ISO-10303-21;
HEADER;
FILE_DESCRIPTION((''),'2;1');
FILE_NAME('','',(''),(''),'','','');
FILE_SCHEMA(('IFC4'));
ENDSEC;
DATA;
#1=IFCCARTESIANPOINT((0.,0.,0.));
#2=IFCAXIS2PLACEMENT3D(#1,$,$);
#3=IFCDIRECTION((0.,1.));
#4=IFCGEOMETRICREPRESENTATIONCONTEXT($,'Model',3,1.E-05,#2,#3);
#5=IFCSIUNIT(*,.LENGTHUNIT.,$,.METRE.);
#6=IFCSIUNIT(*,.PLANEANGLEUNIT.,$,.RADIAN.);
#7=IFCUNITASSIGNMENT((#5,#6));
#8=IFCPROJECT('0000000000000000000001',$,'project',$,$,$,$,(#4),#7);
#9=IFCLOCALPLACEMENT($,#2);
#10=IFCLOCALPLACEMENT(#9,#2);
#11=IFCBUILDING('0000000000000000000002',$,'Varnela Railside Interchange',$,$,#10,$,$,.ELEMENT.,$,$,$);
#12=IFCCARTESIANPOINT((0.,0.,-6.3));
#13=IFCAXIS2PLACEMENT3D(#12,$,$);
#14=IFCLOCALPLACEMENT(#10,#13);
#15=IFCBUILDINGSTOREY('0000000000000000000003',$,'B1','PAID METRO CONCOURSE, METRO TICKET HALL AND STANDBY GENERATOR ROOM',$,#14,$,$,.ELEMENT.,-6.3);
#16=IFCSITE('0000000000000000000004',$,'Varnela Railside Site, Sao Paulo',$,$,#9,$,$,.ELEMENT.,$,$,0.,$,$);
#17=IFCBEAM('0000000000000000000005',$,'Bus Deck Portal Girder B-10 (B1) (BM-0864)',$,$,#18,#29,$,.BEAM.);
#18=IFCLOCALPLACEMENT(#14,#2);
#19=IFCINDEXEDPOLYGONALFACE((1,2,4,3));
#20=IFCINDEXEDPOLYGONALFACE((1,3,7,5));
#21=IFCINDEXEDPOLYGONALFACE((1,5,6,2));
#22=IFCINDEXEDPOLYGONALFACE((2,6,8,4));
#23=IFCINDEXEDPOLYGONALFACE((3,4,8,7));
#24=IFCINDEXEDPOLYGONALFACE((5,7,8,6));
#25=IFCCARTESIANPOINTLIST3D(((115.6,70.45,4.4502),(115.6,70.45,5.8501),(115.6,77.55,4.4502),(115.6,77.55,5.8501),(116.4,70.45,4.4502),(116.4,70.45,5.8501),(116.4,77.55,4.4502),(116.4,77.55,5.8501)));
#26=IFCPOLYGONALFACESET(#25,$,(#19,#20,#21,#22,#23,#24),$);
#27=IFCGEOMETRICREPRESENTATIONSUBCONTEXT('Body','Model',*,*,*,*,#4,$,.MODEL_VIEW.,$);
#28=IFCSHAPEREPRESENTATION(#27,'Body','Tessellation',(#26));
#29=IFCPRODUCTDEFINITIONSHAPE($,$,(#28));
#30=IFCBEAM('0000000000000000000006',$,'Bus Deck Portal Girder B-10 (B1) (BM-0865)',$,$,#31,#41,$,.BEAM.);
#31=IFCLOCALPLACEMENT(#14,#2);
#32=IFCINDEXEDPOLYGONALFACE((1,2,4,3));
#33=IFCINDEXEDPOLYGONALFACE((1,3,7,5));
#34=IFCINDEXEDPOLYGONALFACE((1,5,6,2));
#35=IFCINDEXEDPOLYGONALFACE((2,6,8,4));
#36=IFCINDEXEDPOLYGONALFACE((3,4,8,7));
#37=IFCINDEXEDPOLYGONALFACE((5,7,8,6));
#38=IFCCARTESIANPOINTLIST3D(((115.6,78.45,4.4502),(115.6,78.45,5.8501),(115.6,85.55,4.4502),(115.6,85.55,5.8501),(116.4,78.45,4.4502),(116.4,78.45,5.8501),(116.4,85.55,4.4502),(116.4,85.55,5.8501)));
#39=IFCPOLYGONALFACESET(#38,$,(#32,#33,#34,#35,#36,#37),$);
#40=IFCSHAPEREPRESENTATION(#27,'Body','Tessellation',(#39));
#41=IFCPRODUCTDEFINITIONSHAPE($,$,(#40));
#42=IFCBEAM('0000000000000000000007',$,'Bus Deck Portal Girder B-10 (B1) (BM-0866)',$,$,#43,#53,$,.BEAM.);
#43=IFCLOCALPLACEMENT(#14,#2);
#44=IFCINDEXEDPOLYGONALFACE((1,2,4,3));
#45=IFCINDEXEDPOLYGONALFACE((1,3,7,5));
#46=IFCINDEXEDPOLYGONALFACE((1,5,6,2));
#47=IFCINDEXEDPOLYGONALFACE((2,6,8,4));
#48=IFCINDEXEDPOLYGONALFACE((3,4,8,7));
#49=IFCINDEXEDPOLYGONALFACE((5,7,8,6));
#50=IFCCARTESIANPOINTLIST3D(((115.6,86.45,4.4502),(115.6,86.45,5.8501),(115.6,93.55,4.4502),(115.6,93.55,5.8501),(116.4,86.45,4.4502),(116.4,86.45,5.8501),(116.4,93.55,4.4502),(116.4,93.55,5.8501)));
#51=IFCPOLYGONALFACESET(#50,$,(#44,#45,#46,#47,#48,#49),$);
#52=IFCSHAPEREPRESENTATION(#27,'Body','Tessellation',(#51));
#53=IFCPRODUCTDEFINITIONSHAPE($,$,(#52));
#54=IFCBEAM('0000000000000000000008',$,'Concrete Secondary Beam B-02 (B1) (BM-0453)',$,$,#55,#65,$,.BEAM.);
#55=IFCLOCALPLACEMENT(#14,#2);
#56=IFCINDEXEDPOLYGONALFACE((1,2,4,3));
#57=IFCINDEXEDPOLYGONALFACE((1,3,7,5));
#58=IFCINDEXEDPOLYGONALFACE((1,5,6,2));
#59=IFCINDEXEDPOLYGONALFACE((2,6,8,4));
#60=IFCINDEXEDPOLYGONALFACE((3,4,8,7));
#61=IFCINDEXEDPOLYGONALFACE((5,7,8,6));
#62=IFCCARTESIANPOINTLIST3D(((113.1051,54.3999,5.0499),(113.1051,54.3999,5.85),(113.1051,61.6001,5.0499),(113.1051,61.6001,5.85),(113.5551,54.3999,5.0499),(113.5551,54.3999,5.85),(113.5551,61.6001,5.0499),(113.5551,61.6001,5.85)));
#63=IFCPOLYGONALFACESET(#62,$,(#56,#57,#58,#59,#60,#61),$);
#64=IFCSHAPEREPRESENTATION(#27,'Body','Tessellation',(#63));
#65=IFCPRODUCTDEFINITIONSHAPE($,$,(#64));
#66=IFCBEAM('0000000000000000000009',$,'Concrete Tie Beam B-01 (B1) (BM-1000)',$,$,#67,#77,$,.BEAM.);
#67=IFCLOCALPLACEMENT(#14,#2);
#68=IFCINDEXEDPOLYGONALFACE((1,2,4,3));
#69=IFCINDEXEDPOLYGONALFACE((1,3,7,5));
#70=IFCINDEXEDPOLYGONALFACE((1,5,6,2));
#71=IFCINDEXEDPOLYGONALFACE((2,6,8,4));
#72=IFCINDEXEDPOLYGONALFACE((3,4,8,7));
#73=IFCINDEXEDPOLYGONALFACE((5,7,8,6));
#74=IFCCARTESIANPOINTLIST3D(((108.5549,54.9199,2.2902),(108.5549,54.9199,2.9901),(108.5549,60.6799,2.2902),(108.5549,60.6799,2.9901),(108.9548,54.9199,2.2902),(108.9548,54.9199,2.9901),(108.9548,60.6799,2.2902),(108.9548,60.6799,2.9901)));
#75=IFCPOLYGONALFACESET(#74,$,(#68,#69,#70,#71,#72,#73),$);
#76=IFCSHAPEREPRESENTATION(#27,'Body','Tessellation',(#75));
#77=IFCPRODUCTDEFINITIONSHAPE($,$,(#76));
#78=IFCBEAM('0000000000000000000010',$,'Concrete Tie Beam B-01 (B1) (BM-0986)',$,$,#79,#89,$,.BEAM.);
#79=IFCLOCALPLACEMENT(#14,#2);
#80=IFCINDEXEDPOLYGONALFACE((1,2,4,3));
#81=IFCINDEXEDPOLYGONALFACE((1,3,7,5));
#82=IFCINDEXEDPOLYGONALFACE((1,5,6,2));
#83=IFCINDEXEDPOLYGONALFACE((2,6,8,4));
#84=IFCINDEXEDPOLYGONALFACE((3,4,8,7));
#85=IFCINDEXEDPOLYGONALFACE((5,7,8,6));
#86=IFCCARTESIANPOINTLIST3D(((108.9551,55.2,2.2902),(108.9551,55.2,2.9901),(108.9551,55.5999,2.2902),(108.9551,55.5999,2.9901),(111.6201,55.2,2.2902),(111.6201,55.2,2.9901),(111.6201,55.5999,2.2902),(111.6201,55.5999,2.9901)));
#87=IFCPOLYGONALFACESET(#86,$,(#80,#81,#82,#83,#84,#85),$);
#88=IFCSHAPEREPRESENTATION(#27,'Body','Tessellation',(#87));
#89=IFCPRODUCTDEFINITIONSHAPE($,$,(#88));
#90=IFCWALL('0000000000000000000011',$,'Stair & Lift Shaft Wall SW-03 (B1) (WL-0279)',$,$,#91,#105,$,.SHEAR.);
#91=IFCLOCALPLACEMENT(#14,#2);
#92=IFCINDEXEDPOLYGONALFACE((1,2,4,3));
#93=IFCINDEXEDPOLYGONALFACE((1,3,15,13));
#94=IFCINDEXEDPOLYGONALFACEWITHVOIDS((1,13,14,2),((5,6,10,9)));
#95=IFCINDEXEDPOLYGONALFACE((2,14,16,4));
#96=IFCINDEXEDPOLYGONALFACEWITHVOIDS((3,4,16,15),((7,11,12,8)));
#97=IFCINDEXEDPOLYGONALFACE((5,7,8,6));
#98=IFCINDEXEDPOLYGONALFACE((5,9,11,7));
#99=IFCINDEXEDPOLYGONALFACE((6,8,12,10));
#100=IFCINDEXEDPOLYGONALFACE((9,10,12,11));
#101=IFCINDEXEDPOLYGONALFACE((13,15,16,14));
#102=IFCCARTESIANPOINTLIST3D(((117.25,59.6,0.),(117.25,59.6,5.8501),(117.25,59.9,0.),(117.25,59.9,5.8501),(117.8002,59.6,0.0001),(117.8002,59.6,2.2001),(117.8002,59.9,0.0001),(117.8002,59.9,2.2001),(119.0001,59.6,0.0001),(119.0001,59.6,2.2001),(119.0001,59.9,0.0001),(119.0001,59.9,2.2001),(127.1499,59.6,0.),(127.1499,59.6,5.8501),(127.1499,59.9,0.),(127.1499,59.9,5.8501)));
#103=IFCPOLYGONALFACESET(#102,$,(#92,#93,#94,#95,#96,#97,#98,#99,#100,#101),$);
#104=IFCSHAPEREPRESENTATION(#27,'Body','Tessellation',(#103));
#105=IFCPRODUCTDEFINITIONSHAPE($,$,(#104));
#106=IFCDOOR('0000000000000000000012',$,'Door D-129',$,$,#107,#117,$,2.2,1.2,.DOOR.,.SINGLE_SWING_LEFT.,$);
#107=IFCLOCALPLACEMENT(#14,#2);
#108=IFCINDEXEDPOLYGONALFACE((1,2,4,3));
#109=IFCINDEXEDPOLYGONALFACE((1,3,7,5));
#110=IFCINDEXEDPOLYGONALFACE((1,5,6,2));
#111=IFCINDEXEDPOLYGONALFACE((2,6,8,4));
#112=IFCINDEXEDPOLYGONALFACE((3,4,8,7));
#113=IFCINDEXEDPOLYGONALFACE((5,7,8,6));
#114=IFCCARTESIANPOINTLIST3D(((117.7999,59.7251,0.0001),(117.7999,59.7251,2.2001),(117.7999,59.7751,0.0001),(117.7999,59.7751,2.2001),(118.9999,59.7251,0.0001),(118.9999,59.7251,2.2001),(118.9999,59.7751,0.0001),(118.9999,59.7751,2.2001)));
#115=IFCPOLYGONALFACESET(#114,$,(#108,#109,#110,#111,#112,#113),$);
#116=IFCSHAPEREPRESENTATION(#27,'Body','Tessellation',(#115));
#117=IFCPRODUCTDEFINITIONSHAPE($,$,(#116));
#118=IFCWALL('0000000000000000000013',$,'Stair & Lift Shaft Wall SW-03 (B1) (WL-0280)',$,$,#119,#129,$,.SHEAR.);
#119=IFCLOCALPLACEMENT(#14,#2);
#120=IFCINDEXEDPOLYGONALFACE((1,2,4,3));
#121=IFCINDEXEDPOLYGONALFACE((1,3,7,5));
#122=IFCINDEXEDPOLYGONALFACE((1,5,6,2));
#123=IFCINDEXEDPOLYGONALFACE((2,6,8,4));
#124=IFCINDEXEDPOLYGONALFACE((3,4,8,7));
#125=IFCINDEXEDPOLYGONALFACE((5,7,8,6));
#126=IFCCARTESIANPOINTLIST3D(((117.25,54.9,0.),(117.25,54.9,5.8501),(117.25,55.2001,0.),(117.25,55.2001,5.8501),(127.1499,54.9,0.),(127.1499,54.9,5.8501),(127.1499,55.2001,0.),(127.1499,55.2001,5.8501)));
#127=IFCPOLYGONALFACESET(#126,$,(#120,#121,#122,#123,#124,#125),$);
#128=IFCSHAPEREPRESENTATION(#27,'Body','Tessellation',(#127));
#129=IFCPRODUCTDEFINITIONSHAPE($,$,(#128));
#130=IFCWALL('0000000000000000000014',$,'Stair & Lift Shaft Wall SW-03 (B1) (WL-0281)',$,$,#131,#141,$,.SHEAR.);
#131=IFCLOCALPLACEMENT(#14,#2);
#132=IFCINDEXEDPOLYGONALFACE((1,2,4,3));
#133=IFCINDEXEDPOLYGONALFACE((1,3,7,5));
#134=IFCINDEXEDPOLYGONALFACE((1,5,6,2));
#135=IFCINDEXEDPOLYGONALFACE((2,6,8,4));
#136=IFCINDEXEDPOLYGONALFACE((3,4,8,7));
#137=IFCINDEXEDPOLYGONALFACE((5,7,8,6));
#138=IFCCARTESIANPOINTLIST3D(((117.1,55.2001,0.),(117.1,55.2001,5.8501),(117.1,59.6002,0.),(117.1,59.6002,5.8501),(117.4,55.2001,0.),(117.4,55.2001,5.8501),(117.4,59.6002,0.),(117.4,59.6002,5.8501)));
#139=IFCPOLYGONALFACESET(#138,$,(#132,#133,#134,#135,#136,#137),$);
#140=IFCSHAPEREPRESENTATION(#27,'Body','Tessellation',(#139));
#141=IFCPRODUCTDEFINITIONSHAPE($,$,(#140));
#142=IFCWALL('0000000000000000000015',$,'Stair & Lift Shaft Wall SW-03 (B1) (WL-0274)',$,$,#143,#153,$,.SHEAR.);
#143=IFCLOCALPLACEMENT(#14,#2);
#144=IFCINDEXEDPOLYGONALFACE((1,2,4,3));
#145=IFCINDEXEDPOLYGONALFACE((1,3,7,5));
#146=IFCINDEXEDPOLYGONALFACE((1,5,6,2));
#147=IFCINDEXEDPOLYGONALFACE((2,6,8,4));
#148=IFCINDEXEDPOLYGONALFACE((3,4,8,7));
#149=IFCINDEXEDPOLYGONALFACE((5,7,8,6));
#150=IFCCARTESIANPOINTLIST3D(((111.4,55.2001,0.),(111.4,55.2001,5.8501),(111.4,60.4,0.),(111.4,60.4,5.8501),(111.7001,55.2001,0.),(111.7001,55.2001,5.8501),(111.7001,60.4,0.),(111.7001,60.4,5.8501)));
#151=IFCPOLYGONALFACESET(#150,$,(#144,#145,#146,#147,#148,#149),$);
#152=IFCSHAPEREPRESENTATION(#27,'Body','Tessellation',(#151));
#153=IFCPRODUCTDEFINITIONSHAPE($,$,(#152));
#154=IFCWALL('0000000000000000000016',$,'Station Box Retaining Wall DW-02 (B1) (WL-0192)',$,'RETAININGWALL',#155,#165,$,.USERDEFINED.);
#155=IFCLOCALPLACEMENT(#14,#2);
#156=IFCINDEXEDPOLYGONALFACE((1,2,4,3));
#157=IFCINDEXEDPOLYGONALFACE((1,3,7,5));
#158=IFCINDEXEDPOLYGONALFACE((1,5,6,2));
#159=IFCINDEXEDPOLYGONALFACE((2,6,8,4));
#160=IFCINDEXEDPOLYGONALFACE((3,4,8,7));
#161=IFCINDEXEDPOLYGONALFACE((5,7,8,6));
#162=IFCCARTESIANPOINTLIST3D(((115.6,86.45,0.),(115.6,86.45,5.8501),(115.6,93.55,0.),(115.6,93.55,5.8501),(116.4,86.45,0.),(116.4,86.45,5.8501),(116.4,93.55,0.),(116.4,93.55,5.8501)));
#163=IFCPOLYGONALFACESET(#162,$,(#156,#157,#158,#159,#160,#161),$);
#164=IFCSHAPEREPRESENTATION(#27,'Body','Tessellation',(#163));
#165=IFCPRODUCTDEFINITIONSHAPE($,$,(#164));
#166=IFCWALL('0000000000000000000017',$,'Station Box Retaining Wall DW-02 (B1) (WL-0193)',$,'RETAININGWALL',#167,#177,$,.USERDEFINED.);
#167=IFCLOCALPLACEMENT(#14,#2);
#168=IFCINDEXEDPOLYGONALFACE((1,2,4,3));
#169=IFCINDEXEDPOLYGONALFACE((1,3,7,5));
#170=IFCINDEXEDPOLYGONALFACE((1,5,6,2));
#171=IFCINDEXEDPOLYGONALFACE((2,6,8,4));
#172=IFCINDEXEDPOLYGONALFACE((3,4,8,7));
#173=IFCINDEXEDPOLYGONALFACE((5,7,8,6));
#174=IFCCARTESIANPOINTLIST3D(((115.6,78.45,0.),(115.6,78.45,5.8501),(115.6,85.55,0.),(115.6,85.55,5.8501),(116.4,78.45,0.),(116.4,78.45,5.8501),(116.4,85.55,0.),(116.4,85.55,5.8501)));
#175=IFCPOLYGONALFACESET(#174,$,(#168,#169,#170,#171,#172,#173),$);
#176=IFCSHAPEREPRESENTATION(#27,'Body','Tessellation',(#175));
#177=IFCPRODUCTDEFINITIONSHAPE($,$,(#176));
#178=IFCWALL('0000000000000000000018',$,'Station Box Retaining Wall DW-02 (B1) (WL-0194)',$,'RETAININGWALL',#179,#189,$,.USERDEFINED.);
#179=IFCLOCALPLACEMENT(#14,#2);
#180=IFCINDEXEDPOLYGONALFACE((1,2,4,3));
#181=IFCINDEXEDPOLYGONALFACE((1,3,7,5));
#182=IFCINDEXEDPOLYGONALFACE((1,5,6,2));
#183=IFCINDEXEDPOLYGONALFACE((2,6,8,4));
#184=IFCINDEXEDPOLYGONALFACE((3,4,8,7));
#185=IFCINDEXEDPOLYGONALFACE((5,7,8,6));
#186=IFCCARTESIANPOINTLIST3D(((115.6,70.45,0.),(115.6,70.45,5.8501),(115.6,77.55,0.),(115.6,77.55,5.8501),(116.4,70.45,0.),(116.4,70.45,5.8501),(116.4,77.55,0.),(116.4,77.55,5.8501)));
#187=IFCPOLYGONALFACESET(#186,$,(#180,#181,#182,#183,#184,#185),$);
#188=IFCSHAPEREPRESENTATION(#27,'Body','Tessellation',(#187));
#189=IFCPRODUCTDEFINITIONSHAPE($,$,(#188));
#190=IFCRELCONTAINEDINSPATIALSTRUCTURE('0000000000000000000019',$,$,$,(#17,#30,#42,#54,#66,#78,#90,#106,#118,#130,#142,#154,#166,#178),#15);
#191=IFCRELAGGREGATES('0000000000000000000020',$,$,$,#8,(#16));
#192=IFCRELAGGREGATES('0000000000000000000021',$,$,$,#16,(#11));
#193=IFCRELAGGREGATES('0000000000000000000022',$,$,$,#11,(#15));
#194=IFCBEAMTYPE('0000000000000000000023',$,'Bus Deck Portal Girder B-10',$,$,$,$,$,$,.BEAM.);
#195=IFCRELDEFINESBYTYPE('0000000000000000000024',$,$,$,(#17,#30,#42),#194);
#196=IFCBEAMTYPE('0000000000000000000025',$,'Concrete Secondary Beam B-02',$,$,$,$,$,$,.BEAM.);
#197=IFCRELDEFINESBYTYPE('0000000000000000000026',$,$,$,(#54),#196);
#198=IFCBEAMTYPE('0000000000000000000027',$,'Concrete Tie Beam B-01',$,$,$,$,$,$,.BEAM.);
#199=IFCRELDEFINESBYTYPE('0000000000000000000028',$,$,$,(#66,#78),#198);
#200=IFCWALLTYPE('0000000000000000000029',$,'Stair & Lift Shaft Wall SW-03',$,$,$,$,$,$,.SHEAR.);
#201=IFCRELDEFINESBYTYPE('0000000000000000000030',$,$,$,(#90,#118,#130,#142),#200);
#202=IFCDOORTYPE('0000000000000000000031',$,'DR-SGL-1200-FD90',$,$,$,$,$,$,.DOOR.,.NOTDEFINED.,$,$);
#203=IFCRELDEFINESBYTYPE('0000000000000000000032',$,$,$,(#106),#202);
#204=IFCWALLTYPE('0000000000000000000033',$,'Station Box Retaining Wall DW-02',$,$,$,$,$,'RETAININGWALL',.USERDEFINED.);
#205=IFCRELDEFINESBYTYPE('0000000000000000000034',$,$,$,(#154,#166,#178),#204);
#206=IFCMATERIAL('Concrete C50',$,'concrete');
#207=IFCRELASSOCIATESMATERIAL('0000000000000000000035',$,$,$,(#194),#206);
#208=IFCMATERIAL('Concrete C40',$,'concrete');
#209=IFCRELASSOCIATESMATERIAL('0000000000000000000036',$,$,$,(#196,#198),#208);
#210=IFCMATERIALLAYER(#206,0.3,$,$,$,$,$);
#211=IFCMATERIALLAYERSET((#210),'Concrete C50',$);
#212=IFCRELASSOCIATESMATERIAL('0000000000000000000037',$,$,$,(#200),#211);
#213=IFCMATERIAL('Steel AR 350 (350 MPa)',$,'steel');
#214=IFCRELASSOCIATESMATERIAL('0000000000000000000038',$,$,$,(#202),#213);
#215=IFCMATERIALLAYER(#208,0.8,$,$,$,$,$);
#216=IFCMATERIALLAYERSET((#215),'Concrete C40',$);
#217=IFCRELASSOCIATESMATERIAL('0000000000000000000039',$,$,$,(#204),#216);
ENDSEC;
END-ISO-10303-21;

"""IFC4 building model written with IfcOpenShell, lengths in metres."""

from ifc_helpers import new_model, si_unit, direction, frame, frame_2d, origin, origin_2d, place, context, subcontext, project, spatial, rectangle, extrude, material, layer, layer_set, material_profile, profile_set, type_object, element, fill, save


model = new_model("IFC4")

# Units and contexts
model_context = context("Model", 3, precision=1e-05, world=origin(), true_north=direction((0.0, 1.0)))
body_context = subcontext(model_context, "Body", "Model", "MODEL_VIEW")
ifc_project = project(units=[si_unit("LENGTHUNIT", "METRE"), si_unit("PLANEANGLEUNIT", "RADIAN")], contexts=[model_context])

# Site, building, storey
site_placement = place(None, origin())
site = spatial("IfcSite", under=ifc_project, at=site_placement, Name="Varnela Railside Site, Sao Paulo", CompositionType="ELEMENT", RefElevation=0.0)
building_placement = place(site_placement, origin())
building = spatial("IfcBuilding", under=site, at=building_placement, Name="Varnela Railside Interchange", CompositionType="ELEMENT")
storey_placement = place(building_placement, frame((0.0, 0.0, -6.3)))
storey = spatial("IfcBuildingStorey", under=building, at=storey_placement, Name="B1", Description="PAID METRO CONCOURSE, METRO TICKET HALL AND STANDBY GENERATOR ROOM", CompositionType="ELEMENT", Elevation=-6.3)

# Shared definitions
ifc_material_1 = material(Name="Concrete C50", Category="concrete")

# Beams
ifc_material_profile_1 = material_profile(ifc_material_1, rectangle(XDim=0.8, YDim=1.3999, at=origin_2d()), Name="RC 800x1400")
ifc_profile_set_1 = profile_set([ifc_material_profile_1], Name="Concrete C50")
beam_type_1 = type_object("IfcBeamType", Name="Bus Deck Portal Girder B-10", PredefinedType="BEAM", material=ifc_profile_set_1)
for number, where, z_axis, x_axis, name in (
    (1, (116.0, 70.45, 5.1501), (0.0, 1.0, 0.0), (-1.0, 0.0, 0.0), "Bus Deck Portal Girder B-10 (B1) (BM-0864)"),
    (2, (116.0, 78.45, 5.1501), (0.0, 1.0, 0.0), (-1.0, 0.0, 0.0), "Bus Deck Portal Girder B-10 (B1) (BM-0865)"),
    (3, (116.0, 86.45, 5.1501), (0.0, 1.0, 0.0), (-1.0, 0.0, 0.0), "Bus Deck Portal Girder B-10 (B1) (BM-0866)"),
):
    element("IfcBeam", number, at=place(storey_placement, frame(where, z_axis=z_axis, x_axis=x_axis)), inside=storey, type_object=beam_type_1, Name=name, PredefinedType="BEAM", context=body_context, shape_type="SweptSolid", body=[
        extrude(rectangle(XDim=0.8, YDim=1.3999, at=origin_2d()), origin(), (0.0, 0.0, 1.0), 7.1001),
    ])
ifc_material_2 = material(Name="Concrete C40", Category="concrete")
ifc_material_profile_2 = material_profile(ifc_material_2, rectangle(XDim=0.45, YDim=0.8, at=origin_2d()), Name="RC 450x800")
ifc_profile_set_2 = profile_set([ifc_material_profile_2], Name="Concrete C40")
beam_type_2 = type_object("IfcBeamType", Name="Concrete Secondary Beam B-02", PredefinedType="BEAM", material=ifc_profile_set_2)
beam_1_placement = place(storey_placement, frame((113.3301, 54.3999, 5.45), z_axis=(0.0, 1.0, 0.0), x_axis=(-1.0, 0.0, 0.0)))
element("IfcBeam", 4, at=beam_1_placement, inside=storey, type_object=beam_type_2, Name="Concrete Secondary Beam B-02 (B1) (BM-0453)", PredefinedType="BEAM", context=body_context, shape_type="SweptSolid", body=[
    extrude(rectangle(XDim=0.45, YDim=0.8, at=origin_2d()), origin(), (0.0, 0.0, 1.0), 7.2002),
])
ifc_material_profile_3 = material_profile(ifc_material_2, rectangle(XDim=0.3999, YDim=0.7, at=origin_2d()), Name="RC 400x700")
ifc_profile_set_3 = profile_set([ifc_material_profile_3], Name="Concrete C40")
beam_type_3 = type_object("IfcBeamType", Name="Concrete Tie Beam B-01", PredefinedType="BEAM", material=ifc_profile_set_3)
beam_2_placement = place(storey_placement, frame((108.7549, 54.9199, 2.6401), z_axis=(0.0, 1.0, 0.0), x_axis=(-1.0, 0.0, 0.0)))
element("IfcBeam", 5, at=beam_2_placement, inside=storey, type_object=beam_type_3, Name="Concrete Tie Beam B-01 (B1) (BM-1000)", PredefinedType="BEAM", context=body_context, shape_type="SweptSolid", body=[
    extrude(rectangle(XDim=0.3999, YDim=0.7, at=origin_2d()), origin(), (0.0, 0.0, 1.0), 5.76),
])
beam_3_placement = place(storey_placement, frame((108.9551, 55.3999, 2.6401), z_axis=(1.0, 0.0, 0.0), x_axis=(0.0, 1.0, 0.0)))
element("IfcBeam", 6, at=beam_3_placement, inside=storey, type_object=beam_type_3, Name="Concrete Tie Beam B-01 (B1) (BM-0986)", PredefinedType="BEAM", context=body_context, shape_type="SweptSolid", body=[
    extrude(rectangle(XDim=0.3999, YDim=0.7, at=origin_2d()), origin(), (0.0, 0.0, 1.0), 2.665),
])

# Wall, opening, door
ifc_layer_1 = layer(ifc_material_1, 0.3)
ifc_layer_set_1 = layer_set([ifc_layer_1], Name="Concrete C50")
wall_type_1 = type_object("IfcWallType", Name="Stair & Lift Shaft Wall SW-03", PredefinedType="SHEAR", material=ifc_layer_set_1)
wall_1_placement = place(storey_placement, frame((117.25, 59.75, 0.0), z_axis=(0.0, 0.0, 1.0), x_axis=(1.0, 0.0, 0.0)))
wall_1 = element("IfcWall", 7, at=wall_1_placement, inside=storey, type_object=wall_type_1, Name="Stair & Lift Shaft Wall SW-03 (B1) (WL-0279)", PredefinedType="SHEAR", context=body_context, shape_type="SweptSolid", body=[
    extrude(rectangle(XDim=9.8999, YDim=0.3, at=frame_2d((4.95, 0.0))), origin(), (0.0, 0.0, 1.0), 5.8501),
])
opening_1_placement = place(wall_1_placement, frame((0.55, 0.0, 0.0)))
opening_1 = element("IfcOpeningElement", 8, at=opening_1_placement, cuts=wall_1, PredefinedType="OPENING", context=body_context, shape_type="SweptSolid", body=[
    extrude(rectangle(XDim=1.2, YDim=2.2, at=frame_2d((0.6001, 1.1001))), frame((0.0, 0.1599, 0.0), z_axis=(0.0, -1.0, 0.0), x_axis=(1.0, 0.0, 0.0)), (0.0, 0.0, 1.0), 0.3201),
])
ifc_material_3 = material(Name="Steel AR 350 (350 MPa)", Category="steel")
door_type_1 = type_object("IfcDoorType", Name="DR-SGL-1200-FD90", OperationType="NOTDEFINED", PredefinedType="DOOR", material=ifc_material_3)
door_1_placement = place(opening_1_placement, frame((1.2, 0.0, 0.0), z_axis=(0.0, 0.0, 1.0), x_axis=(-1.0, 0.0, 0.0)))
door_1 = element("IfcDoor", 9, at=door_1_placement, inside=storey, type_object=door_type_1, Name="Door D-129", OperationType="SINGLE_SWING_LEFT", OverallHeight=2.2, OverallWidth=1.2, PredefinedType="DOOR", context=body_context, shape_type="SweptSolid", body=[
    extrude(rectangle(XDim=1.2, YDim=2.2, at=frame_2d((0.6001, 1.1001))), frame((0.0, 0.0249, 0.0), z_axis=(0.0, -1.0, 0.0), x_axis=(1.0, 0.0, 0.0)), (0.0, 0.0, 1.0), 0.05),
])
fill(opening_1, door_1)

# Walls
wall_2_placement = place(storey_placement, frame((117.25, 55.05, 0.0), z_axis=(0.0, 0.0, 1.0), x_axis=(1.0, 0.0, 0.0)))
element("IfcWall", 10, at=wall_2_placement, inside=storey, type_object=wall_type_1, Name="Stair & Lift Shaft Wall SW-03 (B1) (WL-0280)", PredefinedType="SHEAR", context=body_context, shape_type="SweptSolid", body=[
    extrude(rectangle(XDim=9.8999, YDim=0.3, at=frame_2d((4.95, 0.0))), origin(), (0.0, 0.0, 1.0), 5.8501),
])
wall_3_placement = place(storey_placement, frame((117.25, 55.2, 0.0), z_axis=(0.0, 0.0, 1.0), x_axis=(0.0, 1.0, 0.0)))
element("IfcWall", 11, at=wall_3_placement, inside=storey, type_object=wall_type_1, Name="Stair & Lift Shaft Wall SW-03 (B1) (WL-0281)", PredefinedType="SHEAR", context=body_context, shape_type="SweptSolid", body=[
    extrude(rectangle(XDim=4.4001, YDim=0.3, at=frame_2d((2.2002, 0.0))), origin(), (0.0, 0.0, 1.0), 5.8501),
])
wall_4_placement = place(storey_placement, frame((111.55, 55.2, 0.0), z_axis=(0.0, 0.0, 1.0), x_axis=(0.0, 1.0, 0.0)))
element("IfcWall", 12, at=wall_4_placement, inside=storey, type_object=wall_type_1, Name="Stair & Lift Shaft Wall SW-03 (B1) (WL-0274)", PredefinedType="SHEAR", context=body_context, shape_type="SweptSolid", body=[
    extrude(rectangle(XDim=5.2, YDim=0.3, at=frame_2d((2.6001, 0.0))), origin(), (0.0, 0.0, 1.0), 5.8501),
])
ifc_layer_2 = layer(ifc_material_2, 0.8)
ifc_layer_set_2 = layer_set([ifc_layer_2], Name="Concrete C40")
wall_type_2 = type_object("IfcWallType", Name="Station Box Retaining Wall DW-02", ElementType="RETAININGWALL", PredefinedType="USERDEFINED", material=ifc_layer_set_2)
for number, where, z_axis, x_axis, name in (
    (13, (116.0, 93.55, 0.0), (0.0, 0.0, 1.0), (0.0, -1.0, 0.0), "Station Box Retaining Wall DW-02 (B1) (WL-0192)"),
    (14, (116.0, 85.55, 0.0), (0.0, 0.0, 1.0), (0.0, -1.0, 0.0), "Station Box Retaining Wall DW-02 (B1) (WL-0193)"),
    (15, (116.0, 77.55, 0.0), (0.0, 0.0, 1.0), (0.0, -1.0, 0.0), "Station Box Retaining Wall DW-02 (B1) (WL-0194)"),
):
    element("IfcWall", number, at=place(storey_placement, frame(where, z_axis=z_axis, x_axis=x_axis)), inside=storey, type_object=wall_type_2, Name=name, ObjectType="RETAININGWALL", PredefinedType="USERDEFINED", context=body_context, shape_type="SweptSolid", body=[
        extrude(rectangle(XDim=7.1001, YDim=0.8, at=frame_2d((3.55, 0.0))), origin(), (0.0, 0.0, 1.0), 5.8501),
    ])

save(model, "model.ifc")
